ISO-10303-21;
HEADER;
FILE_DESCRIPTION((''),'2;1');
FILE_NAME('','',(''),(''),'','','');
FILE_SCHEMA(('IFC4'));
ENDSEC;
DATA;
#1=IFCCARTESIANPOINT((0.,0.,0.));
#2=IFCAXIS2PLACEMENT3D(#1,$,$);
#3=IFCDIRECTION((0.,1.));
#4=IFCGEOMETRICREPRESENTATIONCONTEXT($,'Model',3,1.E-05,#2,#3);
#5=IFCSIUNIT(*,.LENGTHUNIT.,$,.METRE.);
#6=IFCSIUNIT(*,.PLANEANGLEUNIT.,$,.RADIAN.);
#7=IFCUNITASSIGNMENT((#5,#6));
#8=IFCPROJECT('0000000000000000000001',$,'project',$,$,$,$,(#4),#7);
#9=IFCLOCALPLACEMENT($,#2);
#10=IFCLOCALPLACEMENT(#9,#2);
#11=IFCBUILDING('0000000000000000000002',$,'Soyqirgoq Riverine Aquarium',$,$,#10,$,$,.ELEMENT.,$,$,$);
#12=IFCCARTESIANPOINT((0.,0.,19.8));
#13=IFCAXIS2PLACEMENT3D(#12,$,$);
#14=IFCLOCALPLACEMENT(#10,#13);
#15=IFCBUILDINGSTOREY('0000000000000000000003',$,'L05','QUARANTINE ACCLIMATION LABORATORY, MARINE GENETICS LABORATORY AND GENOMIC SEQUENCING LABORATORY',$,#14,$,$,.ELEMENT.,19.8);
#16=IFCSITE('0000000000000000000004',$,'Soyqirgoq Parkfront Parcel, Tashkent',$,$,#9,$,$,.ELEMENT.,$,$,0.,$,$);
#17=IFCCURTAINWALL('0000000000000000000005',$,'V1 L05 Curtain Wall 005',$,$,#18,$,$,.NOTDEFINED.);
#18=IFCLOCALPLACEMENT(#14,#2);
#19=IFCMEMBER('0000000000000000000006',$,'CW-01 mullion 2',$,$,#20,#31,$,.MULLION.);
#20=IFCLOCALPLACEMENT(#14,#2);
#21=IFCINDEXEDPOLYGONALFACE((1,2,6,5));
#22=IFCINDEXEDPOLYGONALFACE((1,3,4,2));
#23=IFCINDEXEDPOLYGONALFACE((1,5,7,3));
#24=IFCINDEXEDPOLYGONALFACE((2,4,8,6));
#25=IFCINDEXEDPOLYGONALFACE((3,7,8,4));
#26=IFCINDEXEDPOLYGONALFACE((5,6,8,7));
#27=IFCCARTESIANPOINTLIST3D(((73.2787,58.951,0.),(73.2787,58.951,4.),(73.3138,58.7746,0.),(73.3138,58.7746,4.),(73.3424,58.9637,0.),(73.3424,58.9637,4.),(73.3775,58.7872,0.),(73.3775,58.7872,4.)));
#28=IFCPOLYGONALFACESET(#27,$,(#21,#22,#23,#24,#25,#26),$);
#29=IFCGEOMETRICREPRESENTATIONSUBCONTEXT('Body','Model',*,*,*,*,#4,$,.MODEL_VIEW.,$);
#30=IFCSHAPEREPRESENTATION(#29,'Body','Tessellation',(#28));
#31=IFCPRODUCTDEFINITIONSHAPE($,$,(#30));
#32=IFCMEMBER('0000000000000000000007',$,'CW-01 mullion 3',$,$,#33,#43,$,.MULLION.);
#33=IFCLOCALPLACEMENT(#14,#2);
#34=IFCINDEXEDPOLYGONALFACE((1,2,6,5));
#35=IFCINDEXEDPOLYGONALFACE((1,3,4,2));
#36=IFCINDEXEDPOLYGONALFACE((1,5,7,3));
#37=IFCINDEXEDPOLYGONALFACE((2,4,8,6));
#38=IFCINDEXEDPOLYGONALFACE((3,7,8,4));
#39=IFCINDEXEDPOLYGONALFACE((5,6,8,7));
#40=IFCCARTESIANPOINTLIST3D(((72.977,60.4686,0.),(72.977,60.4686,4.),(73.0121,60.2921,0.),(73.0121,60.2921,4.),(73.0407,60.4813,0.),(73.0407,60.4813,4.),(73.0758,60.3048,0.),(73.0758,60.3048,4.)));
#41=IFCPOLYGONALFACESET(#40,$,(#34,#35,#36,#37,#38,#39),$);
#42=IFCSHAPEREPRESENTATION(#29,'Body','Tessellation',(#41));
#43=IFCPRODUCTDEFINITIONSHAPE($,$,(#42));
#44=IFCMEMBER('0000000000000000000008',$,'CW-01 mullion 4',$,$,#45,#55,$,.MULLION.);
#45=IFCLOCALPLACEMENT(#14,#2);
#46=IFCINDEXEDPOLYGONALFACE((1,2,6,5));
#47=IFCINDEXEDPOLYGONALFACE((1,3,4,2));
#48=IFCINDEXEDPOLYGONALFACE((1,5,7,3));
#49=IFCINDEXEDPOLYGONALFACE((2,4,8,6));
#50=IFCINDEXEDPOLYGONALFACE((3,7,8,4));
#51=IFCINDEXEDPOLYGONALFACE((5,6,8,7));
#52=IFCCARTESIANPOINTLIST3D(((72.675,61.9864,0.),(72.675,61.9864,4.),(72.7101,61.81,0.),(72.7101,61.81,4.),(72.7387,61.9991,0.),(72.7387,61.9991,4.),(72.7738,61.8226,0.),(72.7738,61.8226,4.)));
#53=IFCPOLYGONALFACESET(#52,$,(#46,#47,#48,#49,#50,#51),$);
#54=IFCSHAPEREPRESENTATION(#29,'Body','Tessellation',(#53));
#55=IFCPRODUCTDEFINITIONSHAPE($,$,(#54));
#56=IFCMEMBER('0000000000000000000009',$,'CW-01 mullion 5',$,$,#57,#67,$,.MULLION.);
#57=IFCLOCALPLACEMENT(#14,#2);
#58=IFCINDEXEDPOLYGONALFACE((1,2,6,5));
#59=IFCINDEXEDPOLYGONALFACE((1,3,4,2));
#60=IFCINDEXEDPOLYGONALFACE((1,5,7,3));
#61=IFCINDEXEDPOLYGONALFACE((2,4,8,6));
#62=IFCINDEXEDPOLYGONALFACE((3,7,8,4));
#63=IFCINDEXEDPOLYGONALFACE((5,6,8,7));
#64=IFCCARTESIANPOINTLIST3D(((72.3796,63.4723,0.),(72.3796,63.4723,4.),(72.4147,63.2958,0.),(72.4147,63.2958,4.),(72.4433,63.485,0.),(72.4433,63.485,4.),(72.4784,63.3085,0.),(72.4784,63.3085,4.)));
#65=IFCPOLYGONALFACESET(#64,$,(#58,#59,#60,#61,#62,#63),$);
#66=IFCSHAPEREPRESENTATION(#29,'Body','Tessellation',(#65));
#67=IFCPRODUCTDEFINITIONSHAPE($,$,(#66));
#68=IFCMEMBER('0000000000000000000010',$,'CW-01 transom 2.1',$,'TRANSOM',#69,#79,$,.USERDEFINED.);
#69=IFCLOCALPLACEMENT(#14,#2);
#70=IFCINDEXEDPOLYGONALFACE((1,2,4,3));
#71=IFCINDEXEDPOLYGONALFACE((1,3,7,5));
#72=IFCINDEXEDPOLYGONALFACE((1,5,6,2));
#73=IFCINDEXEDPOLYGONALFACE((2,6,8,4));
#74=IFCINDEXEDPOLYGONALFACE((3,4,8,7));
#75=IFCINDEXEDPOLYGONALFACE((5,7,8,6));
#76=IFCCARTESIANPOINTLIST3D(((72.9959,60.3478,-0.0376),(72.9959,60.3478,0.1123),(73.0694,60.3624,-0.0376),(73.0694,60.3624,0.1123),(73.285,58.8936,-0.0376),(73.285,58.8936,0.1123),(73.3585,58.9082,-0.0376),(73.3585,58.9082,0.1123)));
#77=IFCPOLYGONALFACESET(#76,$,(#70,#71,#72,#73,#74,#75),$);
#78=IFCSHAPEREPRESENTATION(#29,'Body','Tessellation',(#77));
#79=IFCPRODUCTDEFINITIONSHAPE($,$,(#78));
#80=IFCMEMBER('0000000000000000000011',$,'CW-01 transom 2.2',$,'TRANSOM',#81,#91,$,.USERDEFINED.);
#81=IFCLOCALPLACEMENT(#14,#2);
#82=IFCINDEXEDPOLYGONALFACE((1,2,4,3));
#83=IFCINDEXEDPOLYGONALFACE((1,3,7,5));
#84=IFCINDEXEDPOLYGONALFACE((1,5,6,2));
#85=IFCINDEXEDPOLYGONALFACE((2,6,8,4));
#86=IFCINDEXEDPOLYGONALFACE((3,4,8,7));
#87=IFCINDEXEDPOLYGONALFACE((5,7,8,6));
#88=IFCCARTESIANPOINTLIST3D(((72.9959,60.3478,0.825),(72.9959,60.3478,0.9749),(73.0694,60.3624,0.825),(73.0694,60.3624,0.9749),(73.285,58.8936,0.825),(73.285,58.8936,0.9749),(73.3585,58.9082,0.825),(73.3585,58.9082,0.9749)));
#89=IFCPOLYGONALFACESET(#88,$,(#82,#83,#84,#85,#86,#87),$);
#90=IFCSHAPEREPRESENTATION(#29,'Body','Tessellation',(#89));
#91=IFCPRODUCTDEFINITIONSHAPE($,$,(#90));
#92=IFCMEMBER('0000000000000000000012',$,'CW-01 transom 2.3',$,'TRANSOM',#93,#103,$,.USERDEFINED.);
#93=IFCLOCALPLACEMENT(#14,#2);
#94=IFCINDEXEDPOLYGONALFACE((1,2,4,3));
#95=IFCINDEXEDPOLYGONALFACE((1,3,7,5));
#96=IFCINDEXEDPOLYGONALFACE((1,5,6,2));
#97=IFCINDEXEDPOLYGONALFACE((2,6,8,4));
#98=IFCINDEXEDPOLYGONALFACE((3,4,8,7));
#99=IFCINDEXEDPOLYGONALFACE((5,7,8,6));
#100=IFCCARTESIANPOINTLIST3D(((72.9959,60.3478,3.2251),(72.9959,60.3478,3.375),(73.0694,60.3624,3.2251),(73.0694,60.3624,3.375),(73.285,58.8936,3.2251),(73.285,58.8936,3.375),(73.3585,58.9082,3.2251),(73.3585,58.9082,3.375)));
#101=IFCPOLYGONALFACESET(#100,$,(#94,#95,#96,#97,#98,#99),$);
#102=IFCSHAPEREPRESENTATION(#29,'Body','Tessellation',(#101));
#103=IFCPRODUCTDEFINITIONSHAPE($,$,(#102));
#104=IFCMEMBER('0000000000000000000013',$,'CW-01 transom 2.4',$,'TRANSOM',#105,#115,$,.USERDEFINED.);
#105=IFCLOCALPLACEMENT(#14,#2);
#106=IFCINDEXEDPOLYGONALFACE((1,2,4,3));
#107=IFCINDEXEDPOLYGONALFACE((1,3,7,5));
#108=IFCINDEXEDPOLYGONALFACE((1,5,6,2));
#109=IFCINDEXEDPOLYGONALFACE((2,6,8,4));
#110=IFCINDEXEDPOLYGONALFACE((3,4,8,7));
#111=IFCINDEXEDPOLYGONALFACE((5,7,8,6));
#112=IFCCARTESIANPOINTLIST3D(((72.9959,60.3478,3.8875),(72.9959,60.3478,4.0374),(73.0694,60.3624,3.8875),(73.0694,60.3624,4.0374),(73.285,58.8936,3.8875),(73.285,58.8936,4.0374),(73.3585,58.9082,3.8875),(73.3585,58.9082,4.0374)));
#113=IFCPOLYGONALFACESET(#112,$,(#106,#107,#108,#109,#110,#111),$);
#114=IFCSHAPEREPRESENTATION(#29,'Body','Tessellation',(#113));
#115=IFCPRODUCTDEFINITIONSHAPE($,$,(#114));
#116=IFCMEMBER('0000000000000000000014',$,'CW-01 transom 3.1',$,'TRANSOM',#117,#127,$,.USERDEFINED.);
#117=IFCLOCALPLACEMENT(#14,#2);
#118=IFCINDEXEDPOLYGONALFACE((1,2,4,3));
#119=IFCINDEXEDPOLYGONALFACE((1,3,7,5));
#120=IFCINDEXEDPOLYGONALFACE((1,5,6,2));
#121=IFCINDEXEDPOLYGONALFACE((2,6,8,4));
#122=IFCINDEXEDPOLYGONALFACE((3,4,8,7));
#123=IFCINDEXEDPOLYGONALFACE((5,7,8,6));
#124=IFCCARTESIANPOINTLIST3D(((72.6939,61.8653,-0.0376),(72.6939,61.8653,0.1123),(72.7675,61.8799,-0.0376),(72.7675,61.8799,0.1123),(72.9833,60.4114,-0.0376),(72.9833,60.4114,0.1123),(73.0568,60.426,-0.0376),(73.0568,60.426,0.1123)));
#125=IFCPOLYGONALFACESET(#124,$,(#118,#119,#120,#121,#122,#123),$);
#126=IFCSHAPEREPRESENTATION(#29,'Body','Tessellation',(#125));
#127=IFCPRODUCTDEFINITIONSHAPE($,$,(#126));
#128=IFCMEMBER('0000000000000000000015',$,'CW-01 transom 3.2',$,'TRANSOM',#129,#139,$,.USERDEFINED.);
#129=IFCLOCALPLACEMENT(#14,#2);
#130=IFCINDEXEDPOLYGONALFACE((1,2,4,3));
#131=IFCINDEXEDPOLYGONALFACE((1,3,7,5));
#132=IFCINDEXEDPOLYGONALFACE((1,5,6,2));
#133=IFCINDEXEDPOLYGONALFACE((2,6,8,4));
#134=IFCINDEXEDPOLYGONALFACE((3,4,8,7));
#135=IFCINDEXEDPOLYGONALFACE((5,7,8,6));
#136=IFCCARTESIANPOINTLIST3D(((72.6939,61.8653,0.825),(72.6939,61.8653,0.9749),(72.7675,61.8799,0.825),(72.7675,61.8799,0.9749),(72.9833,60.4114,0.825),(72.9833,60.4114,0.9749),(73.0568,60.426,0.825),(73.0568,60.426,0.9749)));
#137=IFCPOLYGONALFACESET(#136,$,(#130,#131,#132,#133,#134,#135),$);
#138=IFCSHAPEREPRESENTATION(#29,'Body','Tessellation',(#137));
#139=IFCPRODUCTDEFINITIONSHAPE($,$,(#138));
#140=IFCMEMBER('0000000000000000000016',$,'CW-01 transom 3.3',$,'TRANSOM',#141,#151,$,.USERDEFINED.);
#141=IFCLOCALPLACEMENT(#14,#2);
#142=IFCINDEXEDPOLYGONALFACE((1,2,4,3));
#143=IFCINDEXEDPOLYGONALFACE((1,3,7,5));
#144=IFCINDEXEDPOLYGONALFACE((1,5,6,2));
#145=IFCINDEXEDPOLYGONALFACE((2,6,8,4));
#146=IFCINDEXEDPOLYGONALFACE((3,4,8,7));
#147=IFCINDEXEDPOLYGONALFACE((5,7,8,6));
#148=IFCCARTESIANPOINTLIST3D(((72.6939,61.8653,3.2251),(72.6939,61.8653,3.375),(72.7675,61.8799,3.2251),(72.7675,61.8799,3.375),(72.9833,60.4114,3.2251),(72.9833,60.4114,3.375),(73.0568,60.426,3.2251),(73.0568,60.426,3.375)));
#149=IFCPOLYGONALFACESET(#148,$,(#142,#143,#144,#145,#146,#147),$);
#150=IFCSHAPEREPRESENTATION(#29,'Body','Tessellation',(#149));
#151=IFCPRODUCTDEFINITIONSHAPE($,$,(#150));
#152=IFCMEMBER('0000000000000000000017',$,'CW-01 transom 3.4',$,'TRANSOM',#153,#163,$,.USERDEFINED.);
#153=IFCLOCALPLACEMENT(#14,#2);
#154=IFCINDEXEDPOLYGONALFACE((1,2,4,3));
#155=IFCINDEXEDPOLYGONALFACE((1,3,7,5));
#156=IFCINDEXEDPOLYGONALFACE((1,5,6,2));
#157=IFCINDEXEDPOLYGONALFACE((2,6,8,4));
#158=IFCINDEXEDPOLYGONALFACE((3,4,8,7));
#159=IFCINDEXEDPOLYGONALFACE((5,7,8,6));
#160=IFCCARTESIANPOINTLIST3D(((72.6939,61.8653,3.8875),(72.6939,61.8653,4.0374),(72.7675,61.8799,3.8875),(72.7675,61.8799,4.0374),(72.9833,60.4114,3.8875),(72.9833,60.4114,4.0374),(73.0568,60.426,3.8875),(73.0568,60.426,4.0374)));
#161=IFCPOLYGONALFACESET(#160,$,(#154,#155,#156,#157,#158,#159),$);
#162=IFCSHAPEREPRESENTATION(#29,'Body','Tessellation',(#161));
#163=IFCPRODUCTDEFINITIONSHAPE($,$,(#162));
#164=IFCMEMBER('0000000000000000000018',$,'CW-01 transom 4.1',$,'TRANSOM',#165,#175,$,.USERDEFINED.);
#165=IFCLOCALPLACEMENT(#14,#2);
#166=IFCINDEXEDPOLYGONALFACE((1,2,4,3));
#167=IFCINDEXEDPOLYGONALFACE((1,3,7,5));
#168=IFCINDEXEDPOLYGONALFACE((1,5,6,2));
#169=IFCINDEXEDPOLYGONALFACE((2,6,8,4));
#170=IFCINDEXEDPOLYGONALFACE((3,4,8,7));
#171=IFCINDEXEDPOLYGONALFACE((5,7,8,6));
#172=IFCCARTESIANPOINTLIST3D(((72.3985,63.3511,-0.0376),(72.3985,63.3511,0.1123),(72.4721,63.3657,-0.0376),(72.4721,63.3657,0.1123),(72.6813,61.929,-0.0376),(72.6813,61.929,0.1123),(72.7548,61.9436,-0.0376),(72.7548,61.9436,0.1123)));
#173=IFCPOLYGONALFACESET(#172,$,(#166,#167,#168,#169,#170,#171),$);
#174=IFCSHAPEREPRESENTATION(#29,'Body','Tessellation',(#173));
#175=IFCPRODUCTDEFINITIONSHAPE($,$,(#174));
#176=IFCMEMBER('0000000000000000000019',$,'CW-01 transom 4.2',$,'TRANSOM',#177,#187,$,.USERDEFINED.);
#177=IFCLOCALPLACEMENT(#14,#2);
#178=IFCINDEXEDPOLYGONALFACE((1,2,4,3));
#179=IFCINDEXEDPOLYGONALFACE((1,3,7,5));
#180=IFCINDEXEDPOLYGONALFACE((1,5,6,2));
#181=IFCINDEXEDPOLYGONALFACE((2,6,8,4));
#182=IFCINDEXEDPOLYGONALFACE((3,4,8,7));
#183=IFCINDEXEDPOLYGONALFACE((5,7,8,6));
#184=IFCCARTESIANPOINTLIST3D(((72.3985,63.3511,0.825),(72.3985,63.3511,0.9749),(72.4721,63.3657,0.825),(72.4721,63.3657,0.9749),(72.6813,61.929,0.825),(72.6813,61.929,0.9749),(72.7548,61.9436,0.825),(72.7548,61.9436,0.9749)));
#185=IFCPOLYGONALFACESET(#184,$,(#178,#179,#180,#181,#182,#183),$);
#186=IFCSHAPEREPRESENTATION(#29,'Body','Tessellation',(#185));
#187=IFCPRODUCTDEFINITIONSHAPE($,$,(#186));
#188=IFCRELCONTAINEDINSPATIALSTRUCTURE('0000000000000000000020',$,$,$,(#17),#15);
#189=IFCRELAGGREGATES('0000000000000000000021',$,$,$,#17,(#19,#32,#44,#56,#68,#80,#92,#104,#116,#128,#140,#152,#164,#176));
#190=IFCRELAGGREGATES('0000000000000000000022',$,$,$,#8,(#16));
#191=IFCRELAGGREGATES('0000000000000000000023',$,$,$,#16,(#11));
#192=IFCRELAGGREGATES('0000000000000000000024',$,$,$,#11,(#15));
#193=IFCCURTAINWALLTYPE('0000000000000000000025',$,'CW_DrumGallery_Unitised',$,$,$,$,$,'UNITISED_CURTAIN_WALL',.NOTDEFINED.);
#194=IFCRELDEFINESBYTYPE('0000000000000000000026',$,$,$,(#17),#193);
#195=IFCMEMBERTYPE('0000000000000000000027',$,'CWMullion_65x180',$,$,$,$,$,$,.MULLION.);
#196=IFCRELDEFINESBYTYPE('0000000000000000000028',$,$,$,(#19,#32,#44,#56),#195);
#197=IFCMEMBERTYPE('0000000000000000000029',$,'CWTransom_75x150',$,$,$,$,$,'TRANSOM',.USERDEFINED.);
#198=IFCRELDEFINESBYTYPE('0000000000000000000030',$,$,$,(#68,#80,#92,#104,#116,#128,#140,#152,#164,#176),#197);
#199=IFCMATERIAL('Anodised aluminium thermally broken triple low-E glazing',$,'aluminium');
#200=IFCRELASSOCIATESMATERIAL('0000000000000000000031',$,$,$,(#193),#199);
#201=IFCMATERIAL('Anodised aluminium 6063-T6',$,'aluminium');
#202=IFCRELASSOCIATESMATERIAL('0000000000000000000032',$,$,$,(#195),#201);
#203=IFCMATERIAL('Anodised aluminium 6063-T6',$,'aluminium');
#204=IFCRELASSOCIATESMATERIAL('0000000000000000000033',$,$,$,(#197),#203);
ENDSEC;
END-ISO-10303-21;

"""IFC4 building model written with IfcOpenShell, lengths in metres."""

from ifc_helpers import new_model, si_unit, direction, frame, origin, origin_2d, place, context, subcontext, project, spatial, rectangle, extrude, material, material_profile, profile_set, type_object, element, aggregate, save


model = new_model("IFC4")

# Units and contexts
model_context = context("Model", 3, precision=1e-05, world=origin(), true_north=direction((0.0, 1.0)))
body_context = subcontext(model_context, "Body", "Model", "MODEL_VIEW")
ifc_project = project(units=[si_unit("LENGTHUNIT", "METRE"), si_unit("PLANEANGLEUNIT", "RADIAN")], contexts=[model_context])

# Site, building, storey
site_placement = place(None, origin())
site = spatial("IfcSite", under=ifc_project, at=site_placement, Name="Soyqirgoq Parkfront Parcel, Tashkent", CompositionType="ELEMENT", RefElevation=0.0)
building_placement = place(site_placement, origin())
building = spatial("IfcBuilding", under=site, at=building_placement, Name="Soyqirgoq Riverine Aquarium", CompositionType="ELEMENT")
storey_placement = place(building_placement, frame((0.0, 0.0, 19.8)))
storey = spatial("IfcBuildingStorey", under=building, at=storey_placement, Name="L05", Description="QUARANTINE ACCLIMATION LABORATORY, MARINE GENETICS LABORATORY AND GENOMIC SEQUENCING LABORATORY", CompositionType="ELEMENT", Elevation=19.8)

# Curtain wall, members
ifc_material_1 = material(Name="Anodised aluminium thermally broken triple low-E glazing", Category="aluminium")
curtain_wall_type = type_object("IfcCurtainWallType", Name="CW_DrumGallery_Unitised", ElementType="UNITISED_CURTAIN_WALL", PredefinedType="NOTDEFINED", material=ifc_material_1)
curtain_wall_placement = place(storey_placement, origin())
curtain_wall = element("IfcCurtainWall", 1, at=curtain_wall_placement, inside=storey, type_object=curtain_wall_type, Name="V1 L05 Curtain Wall 005", PredefinedType="NOTDEFINED")
ifc_material_2 = material(Name="Anodised aluminium 6063-T6", Category="aluminium")
ifc_material_profile_1 = material_profile(ifc_material_2, rectangle(XDim=0.0649, YDim=0.1799, at=origin_2d()), Name="ALU-M 65x180")
ifc_profile_set_1 = profile_set([ifc_material_profile_1], Name="Anodised aluminium 6063-T6")
member_type_1 = type_object("IfcMemberType", Name="CWMullion_65x180", PredefinedType="MULLION", material=ifc_profile_set_1)
member_1_placement = place(storey_placement, frame((73.3281, 58.8691, 0.0), z_axis=(0.0, 0.0, 1.0), x_axis=(-0.980788, -0.195078, 0.0)))
member_1 = element("IfcMember", 2, at=member_1_placement, type_object=member_type_1, Name="CW-01 mullion 2", PredefinedType="MULLION", context=body_context, shape_type="SweptSolid", body=[
    extrude(rectangle(XDim=0.0649, YDim=0.1799, at=origin_2d()), origin(), (0.0, 0.0, 1.0), 4.0),
])
member_2_placement = place(storey_placement, frame((73.0264, 60.3867, 0.0), z_axis=(0.0, 0.0, 1.0), x_axis=(-0.980788, -0.195078, 0.0)))
member_2 = element("IfcMember", 3, at=member_2_placement, type_object=member_type_1, Name="CW-01 mullion 3", PredefinedType="MULLION", context=body_context, shape_type="SweptSolid", body=[
    extrude(rectangle(XDim=0.0649, YDim=0.1799, at=origin_2d()), origin(), (0.0, 0.0, 1.0), 4.0),
])
member_3_placement = place(storey_placement, frame((72.7244, 61.9045, 0.0), z_axis=(0.0, 0.0, 1.0), x_axis=(-0.980788, -0.195078, 0.0)))
member_3 = element("IfcMember", 4, at=member_3_placement, type_object=member_type_1, Name="CW-01 mullion 4", PredefinedType="MULLION", context=body_context, shape_type="SweptSolid", body=[
    extrude(rectangle(XDim=0.0649, YDim=0.1799, at=origin_2d()), origin(), (0.0, 0.0, 1.0), 4.0),
])
member_4_placement = place(storey_placement, frame((72.429, 63.3904, 0.0), z_axis=(0.0, 0.0, 1.0), x_axis=(-0.980788, -0.195078, 0.0)))
member_4 = element("IfcMember", 5, at=member_4_placement, type_object=member_type_1, Name="CW-01 mullion 5", PredefinedType="MULLION", context=body_context, shape_type="SweptSolid", body=[
    extrude(rectangle(XDim=0.0649, YDim=0.1799, at=origin_2d()), origin(), (0.0, 0.0, 1.0), 4.0),
])
ifc_material_3 = material(Name="Anodised aluminium 6063-T6", Category="aluminium")
ifc_material_profile_2 = material_profile(ifc_material_3, rectangle(XDim=0.075, YDim=0.1499, at=origin_2d()), Name="ALU-T 75x150")
ifc_profile_set_2 = profile_set([ifc_material_profile_2], Name="Anodised aluminium 6063-T6")
member_type_2 = type_object("IfcMemberType", Name="CWTransom_75x150", ElementType="TRANSOM", PredefinedType="USERDEFINED", material=ifc_profile_set_2)
member_5_placement = place(storey_placement, frame((73.3218, 58.9009, 0.0374), z_axis=(-0.194976, 0.980808, 0.0), x_axis=(-0.980808, -0.194976, 0.0)))
member_5 = element("IfcMember", 6, at=member_5_placement, type_object=member_type_2, Name="CW-01 transom 2.1", ObjectType="TRANSOM", PredefinedType="USERDEFINED", context=body_context, shape_type="SweptSolid", body=[
    extrude(rectangle(XDim=0.075, YDim=0.1499, at=origin_2d()), origin(), (0.0, 0.0, 1.0), 1.4827),
])
member_6_placement = place(storey_placement, frame((73.3218, 58.9009, 0.8999), z_axis=(-0.194976, 0.980808, 0.0), x_axis=(-0.980808, -0.194976, 0.0)))
member_6 = element("IfcMember", 7, at=member_6_placement, type_object=member_type_2, Name="CW-01 transom 2.2", ObjectType="TRANSOM", PredefinedType="USERDEFINED", context=body_context, shape_type="SweptSolid", body=[
    extrude(rectangle(XDim=0.075, YDim=0.1499, at=origin_2d()), origin(), (0.0, 0.0, 1.0), 1.4827),
])
member_7_placement = place(storey_placement, frame((73.3218, 58.9009, 3.3), z_axis=(-0.194976, 0.980808, 0.0), x_axis=(-0.980808, -0.194976, 0.0)))
member_7 = element("IfcMember", 8, at=member_7_placement, type_object=member_type_2, Name="CW-01 transom 2.3", ObjectType="TRANSOM", PredefinedType="USERDEFINED", context=body_context, shape_type="SweptSolid", body=[
    extrude(rectangle(XDim=0.075, YDim=0.1499, at=origin_2d()), origin(), (0.0, 0.0, 1.0), 1.4827),
])
member_8_placement = place(storey_placement, frame((73.3218, 58.9009, 3.9624), z_axis=(-0.194976, 0.980808, 0.0), x_axis=(-0.980808, -0.194976, 0.0)))
member_8 = element("IfcMember", 9, at=member_8_placement, type_object=member_type_2, Name="CW-01 transom 2.4", ObjectType="TRANSOM", PredefinedType="USERDEFINED", context=body_context, shape_type="SweptSolid", body=[
    extrude(rectangle(XDim=0.075, YDim=0.1499, at=origin_2d()), origin(), (0.0, 0.0, 1.0), 1.4827),
])
member_9_placement = place(storey_placement, frame((73.02, 60.4187, 0.0374), z_axis=(-0.195166, 0.98077, 0.0), x_axis=(-0.98077, -0.195166, 0.0)))
member_9 = element("IfcMember", 10, at=member_9_placement, type_object=member_type_2, Name="CW-01 transom 3.1", ObjectType="TRANSOM", PredefinedType="USERDEFINED", context=body_context, shape_type="SweptSolid", body=[
    extrude(rectangle(XDim=0.075, YDim=0.1499, at=origin_2d()), origin(), (0.0, 0.0, 1.0), 1.4824),
])
member_10_placement = place(storey_placement, frame((73.02, 60.4187, 0.8999), z_axis=(-0.195166, 0.98077, 0.0), x_axis=(-0.98077, -0.195166, 0.0)))
member_10 = element("IfcMember", 11, at=member_10_placement, type_object=member_type_2, Name="CW-01 transom 3.2", ObjectType="TRANSOM", PredefinedType="USERDEFINED", context=body_context, shape_type="SweptSolid", body=[
    extrude(rectangle(XDim=0.075, YDim=0.1499, at=origin_2d()), origin(), (0.0, 0.0, 1.0), 1.4824),
])
member_11_placement = place(storey_placement, frame((73.02, 60.4187, 3.3), z_axis=(-0.195166, 0.98077, 0.0), x_axis=(-0.98077, -0.195166, 0.0)))
member_11 = element("IfcMember", 12, at=member_11_placement, type_object=member_type_2, Name="CW-01 transom 3.3", ObjectType="TRANSOM", PredefinedType="USERDEFINED", context=body_context, shape_type="SweptSolid", body=[
    extrude(rectangle(XDim=0.075, YDim=0.1499, at=origin_2d()), origin(), (0.0, 0.0, 1.0), 1.4824),
])
member_12_placement = place(storey_placement, frame((73.02, 60.4187, 3.9624), z_axis=(-0.195166, 0.98077, 0.0), x_axis=(-0.98077, -0.195166, 0.0)))
member_12 = element("IfcMember", 13, at=member_12_placement, type_object=member_type_2, Name="CW-01 transom 3.4", ObjectType="TRANSOM", PredefinedType="USERDEFINED", context=body_context, shape_type="SweptSolid", body=[
    extrude(rectangle(XDim=0.075, YDim=0.1499, at=origin_2d()), origin(), (0.0, 0.0, 1.0), 1.4824),
])
member_13_placement = place(storey_placement, frame((72.718, 61.9363, 0.0374), z_axis=(-0.194983, 0.980807, 0.0), x_axis=(-0.980807, -0.194983, 0.0)))
member_13 = element("IfcMember", 14, at=member_13_placement, type_object=member_type_2, Name="CW-01 transom 4.1", ObjectType="TRANSOM", PredefinedType="USERDEFINED", context=body_context, shape_type="SweptSolid", body=[
    extrude(rectangle(XDim=0.075, YDim=0.1499, at=origin_2d()), origin(), (0.0, 0.0, 1.0), 1.45),
])
member_14_placement = place(storey_placement, frame((72.718, 61.9363, 0.8999), z_axis=(-0.194983, 0.980807, 0.0), x_axis=(-0.980807, -0.194983, 0.0)))
member_14 = element("IfcMember", 15, at=member_14_placement, type_object=member_type_2, Name="CW-01 transom 4.2", ObjectType="TRANSOM", PredefinedType="USERDEFINED", context=body_context, shape_type="SweptSolid", body=[
    extrude(rectangle(XDim=0.075, YDim=0.1499, at=origin_2d()), origin(), (0.0, 0.0, 1.0), 1.45),
])
aggregate(curtain_wall, [member_1, member_2, member_3, member_4, member_5, member_6, member_7, member_8, member_9, member_10, member_11, member_12, member_13, member_14])

save(model, "model.ifc")
